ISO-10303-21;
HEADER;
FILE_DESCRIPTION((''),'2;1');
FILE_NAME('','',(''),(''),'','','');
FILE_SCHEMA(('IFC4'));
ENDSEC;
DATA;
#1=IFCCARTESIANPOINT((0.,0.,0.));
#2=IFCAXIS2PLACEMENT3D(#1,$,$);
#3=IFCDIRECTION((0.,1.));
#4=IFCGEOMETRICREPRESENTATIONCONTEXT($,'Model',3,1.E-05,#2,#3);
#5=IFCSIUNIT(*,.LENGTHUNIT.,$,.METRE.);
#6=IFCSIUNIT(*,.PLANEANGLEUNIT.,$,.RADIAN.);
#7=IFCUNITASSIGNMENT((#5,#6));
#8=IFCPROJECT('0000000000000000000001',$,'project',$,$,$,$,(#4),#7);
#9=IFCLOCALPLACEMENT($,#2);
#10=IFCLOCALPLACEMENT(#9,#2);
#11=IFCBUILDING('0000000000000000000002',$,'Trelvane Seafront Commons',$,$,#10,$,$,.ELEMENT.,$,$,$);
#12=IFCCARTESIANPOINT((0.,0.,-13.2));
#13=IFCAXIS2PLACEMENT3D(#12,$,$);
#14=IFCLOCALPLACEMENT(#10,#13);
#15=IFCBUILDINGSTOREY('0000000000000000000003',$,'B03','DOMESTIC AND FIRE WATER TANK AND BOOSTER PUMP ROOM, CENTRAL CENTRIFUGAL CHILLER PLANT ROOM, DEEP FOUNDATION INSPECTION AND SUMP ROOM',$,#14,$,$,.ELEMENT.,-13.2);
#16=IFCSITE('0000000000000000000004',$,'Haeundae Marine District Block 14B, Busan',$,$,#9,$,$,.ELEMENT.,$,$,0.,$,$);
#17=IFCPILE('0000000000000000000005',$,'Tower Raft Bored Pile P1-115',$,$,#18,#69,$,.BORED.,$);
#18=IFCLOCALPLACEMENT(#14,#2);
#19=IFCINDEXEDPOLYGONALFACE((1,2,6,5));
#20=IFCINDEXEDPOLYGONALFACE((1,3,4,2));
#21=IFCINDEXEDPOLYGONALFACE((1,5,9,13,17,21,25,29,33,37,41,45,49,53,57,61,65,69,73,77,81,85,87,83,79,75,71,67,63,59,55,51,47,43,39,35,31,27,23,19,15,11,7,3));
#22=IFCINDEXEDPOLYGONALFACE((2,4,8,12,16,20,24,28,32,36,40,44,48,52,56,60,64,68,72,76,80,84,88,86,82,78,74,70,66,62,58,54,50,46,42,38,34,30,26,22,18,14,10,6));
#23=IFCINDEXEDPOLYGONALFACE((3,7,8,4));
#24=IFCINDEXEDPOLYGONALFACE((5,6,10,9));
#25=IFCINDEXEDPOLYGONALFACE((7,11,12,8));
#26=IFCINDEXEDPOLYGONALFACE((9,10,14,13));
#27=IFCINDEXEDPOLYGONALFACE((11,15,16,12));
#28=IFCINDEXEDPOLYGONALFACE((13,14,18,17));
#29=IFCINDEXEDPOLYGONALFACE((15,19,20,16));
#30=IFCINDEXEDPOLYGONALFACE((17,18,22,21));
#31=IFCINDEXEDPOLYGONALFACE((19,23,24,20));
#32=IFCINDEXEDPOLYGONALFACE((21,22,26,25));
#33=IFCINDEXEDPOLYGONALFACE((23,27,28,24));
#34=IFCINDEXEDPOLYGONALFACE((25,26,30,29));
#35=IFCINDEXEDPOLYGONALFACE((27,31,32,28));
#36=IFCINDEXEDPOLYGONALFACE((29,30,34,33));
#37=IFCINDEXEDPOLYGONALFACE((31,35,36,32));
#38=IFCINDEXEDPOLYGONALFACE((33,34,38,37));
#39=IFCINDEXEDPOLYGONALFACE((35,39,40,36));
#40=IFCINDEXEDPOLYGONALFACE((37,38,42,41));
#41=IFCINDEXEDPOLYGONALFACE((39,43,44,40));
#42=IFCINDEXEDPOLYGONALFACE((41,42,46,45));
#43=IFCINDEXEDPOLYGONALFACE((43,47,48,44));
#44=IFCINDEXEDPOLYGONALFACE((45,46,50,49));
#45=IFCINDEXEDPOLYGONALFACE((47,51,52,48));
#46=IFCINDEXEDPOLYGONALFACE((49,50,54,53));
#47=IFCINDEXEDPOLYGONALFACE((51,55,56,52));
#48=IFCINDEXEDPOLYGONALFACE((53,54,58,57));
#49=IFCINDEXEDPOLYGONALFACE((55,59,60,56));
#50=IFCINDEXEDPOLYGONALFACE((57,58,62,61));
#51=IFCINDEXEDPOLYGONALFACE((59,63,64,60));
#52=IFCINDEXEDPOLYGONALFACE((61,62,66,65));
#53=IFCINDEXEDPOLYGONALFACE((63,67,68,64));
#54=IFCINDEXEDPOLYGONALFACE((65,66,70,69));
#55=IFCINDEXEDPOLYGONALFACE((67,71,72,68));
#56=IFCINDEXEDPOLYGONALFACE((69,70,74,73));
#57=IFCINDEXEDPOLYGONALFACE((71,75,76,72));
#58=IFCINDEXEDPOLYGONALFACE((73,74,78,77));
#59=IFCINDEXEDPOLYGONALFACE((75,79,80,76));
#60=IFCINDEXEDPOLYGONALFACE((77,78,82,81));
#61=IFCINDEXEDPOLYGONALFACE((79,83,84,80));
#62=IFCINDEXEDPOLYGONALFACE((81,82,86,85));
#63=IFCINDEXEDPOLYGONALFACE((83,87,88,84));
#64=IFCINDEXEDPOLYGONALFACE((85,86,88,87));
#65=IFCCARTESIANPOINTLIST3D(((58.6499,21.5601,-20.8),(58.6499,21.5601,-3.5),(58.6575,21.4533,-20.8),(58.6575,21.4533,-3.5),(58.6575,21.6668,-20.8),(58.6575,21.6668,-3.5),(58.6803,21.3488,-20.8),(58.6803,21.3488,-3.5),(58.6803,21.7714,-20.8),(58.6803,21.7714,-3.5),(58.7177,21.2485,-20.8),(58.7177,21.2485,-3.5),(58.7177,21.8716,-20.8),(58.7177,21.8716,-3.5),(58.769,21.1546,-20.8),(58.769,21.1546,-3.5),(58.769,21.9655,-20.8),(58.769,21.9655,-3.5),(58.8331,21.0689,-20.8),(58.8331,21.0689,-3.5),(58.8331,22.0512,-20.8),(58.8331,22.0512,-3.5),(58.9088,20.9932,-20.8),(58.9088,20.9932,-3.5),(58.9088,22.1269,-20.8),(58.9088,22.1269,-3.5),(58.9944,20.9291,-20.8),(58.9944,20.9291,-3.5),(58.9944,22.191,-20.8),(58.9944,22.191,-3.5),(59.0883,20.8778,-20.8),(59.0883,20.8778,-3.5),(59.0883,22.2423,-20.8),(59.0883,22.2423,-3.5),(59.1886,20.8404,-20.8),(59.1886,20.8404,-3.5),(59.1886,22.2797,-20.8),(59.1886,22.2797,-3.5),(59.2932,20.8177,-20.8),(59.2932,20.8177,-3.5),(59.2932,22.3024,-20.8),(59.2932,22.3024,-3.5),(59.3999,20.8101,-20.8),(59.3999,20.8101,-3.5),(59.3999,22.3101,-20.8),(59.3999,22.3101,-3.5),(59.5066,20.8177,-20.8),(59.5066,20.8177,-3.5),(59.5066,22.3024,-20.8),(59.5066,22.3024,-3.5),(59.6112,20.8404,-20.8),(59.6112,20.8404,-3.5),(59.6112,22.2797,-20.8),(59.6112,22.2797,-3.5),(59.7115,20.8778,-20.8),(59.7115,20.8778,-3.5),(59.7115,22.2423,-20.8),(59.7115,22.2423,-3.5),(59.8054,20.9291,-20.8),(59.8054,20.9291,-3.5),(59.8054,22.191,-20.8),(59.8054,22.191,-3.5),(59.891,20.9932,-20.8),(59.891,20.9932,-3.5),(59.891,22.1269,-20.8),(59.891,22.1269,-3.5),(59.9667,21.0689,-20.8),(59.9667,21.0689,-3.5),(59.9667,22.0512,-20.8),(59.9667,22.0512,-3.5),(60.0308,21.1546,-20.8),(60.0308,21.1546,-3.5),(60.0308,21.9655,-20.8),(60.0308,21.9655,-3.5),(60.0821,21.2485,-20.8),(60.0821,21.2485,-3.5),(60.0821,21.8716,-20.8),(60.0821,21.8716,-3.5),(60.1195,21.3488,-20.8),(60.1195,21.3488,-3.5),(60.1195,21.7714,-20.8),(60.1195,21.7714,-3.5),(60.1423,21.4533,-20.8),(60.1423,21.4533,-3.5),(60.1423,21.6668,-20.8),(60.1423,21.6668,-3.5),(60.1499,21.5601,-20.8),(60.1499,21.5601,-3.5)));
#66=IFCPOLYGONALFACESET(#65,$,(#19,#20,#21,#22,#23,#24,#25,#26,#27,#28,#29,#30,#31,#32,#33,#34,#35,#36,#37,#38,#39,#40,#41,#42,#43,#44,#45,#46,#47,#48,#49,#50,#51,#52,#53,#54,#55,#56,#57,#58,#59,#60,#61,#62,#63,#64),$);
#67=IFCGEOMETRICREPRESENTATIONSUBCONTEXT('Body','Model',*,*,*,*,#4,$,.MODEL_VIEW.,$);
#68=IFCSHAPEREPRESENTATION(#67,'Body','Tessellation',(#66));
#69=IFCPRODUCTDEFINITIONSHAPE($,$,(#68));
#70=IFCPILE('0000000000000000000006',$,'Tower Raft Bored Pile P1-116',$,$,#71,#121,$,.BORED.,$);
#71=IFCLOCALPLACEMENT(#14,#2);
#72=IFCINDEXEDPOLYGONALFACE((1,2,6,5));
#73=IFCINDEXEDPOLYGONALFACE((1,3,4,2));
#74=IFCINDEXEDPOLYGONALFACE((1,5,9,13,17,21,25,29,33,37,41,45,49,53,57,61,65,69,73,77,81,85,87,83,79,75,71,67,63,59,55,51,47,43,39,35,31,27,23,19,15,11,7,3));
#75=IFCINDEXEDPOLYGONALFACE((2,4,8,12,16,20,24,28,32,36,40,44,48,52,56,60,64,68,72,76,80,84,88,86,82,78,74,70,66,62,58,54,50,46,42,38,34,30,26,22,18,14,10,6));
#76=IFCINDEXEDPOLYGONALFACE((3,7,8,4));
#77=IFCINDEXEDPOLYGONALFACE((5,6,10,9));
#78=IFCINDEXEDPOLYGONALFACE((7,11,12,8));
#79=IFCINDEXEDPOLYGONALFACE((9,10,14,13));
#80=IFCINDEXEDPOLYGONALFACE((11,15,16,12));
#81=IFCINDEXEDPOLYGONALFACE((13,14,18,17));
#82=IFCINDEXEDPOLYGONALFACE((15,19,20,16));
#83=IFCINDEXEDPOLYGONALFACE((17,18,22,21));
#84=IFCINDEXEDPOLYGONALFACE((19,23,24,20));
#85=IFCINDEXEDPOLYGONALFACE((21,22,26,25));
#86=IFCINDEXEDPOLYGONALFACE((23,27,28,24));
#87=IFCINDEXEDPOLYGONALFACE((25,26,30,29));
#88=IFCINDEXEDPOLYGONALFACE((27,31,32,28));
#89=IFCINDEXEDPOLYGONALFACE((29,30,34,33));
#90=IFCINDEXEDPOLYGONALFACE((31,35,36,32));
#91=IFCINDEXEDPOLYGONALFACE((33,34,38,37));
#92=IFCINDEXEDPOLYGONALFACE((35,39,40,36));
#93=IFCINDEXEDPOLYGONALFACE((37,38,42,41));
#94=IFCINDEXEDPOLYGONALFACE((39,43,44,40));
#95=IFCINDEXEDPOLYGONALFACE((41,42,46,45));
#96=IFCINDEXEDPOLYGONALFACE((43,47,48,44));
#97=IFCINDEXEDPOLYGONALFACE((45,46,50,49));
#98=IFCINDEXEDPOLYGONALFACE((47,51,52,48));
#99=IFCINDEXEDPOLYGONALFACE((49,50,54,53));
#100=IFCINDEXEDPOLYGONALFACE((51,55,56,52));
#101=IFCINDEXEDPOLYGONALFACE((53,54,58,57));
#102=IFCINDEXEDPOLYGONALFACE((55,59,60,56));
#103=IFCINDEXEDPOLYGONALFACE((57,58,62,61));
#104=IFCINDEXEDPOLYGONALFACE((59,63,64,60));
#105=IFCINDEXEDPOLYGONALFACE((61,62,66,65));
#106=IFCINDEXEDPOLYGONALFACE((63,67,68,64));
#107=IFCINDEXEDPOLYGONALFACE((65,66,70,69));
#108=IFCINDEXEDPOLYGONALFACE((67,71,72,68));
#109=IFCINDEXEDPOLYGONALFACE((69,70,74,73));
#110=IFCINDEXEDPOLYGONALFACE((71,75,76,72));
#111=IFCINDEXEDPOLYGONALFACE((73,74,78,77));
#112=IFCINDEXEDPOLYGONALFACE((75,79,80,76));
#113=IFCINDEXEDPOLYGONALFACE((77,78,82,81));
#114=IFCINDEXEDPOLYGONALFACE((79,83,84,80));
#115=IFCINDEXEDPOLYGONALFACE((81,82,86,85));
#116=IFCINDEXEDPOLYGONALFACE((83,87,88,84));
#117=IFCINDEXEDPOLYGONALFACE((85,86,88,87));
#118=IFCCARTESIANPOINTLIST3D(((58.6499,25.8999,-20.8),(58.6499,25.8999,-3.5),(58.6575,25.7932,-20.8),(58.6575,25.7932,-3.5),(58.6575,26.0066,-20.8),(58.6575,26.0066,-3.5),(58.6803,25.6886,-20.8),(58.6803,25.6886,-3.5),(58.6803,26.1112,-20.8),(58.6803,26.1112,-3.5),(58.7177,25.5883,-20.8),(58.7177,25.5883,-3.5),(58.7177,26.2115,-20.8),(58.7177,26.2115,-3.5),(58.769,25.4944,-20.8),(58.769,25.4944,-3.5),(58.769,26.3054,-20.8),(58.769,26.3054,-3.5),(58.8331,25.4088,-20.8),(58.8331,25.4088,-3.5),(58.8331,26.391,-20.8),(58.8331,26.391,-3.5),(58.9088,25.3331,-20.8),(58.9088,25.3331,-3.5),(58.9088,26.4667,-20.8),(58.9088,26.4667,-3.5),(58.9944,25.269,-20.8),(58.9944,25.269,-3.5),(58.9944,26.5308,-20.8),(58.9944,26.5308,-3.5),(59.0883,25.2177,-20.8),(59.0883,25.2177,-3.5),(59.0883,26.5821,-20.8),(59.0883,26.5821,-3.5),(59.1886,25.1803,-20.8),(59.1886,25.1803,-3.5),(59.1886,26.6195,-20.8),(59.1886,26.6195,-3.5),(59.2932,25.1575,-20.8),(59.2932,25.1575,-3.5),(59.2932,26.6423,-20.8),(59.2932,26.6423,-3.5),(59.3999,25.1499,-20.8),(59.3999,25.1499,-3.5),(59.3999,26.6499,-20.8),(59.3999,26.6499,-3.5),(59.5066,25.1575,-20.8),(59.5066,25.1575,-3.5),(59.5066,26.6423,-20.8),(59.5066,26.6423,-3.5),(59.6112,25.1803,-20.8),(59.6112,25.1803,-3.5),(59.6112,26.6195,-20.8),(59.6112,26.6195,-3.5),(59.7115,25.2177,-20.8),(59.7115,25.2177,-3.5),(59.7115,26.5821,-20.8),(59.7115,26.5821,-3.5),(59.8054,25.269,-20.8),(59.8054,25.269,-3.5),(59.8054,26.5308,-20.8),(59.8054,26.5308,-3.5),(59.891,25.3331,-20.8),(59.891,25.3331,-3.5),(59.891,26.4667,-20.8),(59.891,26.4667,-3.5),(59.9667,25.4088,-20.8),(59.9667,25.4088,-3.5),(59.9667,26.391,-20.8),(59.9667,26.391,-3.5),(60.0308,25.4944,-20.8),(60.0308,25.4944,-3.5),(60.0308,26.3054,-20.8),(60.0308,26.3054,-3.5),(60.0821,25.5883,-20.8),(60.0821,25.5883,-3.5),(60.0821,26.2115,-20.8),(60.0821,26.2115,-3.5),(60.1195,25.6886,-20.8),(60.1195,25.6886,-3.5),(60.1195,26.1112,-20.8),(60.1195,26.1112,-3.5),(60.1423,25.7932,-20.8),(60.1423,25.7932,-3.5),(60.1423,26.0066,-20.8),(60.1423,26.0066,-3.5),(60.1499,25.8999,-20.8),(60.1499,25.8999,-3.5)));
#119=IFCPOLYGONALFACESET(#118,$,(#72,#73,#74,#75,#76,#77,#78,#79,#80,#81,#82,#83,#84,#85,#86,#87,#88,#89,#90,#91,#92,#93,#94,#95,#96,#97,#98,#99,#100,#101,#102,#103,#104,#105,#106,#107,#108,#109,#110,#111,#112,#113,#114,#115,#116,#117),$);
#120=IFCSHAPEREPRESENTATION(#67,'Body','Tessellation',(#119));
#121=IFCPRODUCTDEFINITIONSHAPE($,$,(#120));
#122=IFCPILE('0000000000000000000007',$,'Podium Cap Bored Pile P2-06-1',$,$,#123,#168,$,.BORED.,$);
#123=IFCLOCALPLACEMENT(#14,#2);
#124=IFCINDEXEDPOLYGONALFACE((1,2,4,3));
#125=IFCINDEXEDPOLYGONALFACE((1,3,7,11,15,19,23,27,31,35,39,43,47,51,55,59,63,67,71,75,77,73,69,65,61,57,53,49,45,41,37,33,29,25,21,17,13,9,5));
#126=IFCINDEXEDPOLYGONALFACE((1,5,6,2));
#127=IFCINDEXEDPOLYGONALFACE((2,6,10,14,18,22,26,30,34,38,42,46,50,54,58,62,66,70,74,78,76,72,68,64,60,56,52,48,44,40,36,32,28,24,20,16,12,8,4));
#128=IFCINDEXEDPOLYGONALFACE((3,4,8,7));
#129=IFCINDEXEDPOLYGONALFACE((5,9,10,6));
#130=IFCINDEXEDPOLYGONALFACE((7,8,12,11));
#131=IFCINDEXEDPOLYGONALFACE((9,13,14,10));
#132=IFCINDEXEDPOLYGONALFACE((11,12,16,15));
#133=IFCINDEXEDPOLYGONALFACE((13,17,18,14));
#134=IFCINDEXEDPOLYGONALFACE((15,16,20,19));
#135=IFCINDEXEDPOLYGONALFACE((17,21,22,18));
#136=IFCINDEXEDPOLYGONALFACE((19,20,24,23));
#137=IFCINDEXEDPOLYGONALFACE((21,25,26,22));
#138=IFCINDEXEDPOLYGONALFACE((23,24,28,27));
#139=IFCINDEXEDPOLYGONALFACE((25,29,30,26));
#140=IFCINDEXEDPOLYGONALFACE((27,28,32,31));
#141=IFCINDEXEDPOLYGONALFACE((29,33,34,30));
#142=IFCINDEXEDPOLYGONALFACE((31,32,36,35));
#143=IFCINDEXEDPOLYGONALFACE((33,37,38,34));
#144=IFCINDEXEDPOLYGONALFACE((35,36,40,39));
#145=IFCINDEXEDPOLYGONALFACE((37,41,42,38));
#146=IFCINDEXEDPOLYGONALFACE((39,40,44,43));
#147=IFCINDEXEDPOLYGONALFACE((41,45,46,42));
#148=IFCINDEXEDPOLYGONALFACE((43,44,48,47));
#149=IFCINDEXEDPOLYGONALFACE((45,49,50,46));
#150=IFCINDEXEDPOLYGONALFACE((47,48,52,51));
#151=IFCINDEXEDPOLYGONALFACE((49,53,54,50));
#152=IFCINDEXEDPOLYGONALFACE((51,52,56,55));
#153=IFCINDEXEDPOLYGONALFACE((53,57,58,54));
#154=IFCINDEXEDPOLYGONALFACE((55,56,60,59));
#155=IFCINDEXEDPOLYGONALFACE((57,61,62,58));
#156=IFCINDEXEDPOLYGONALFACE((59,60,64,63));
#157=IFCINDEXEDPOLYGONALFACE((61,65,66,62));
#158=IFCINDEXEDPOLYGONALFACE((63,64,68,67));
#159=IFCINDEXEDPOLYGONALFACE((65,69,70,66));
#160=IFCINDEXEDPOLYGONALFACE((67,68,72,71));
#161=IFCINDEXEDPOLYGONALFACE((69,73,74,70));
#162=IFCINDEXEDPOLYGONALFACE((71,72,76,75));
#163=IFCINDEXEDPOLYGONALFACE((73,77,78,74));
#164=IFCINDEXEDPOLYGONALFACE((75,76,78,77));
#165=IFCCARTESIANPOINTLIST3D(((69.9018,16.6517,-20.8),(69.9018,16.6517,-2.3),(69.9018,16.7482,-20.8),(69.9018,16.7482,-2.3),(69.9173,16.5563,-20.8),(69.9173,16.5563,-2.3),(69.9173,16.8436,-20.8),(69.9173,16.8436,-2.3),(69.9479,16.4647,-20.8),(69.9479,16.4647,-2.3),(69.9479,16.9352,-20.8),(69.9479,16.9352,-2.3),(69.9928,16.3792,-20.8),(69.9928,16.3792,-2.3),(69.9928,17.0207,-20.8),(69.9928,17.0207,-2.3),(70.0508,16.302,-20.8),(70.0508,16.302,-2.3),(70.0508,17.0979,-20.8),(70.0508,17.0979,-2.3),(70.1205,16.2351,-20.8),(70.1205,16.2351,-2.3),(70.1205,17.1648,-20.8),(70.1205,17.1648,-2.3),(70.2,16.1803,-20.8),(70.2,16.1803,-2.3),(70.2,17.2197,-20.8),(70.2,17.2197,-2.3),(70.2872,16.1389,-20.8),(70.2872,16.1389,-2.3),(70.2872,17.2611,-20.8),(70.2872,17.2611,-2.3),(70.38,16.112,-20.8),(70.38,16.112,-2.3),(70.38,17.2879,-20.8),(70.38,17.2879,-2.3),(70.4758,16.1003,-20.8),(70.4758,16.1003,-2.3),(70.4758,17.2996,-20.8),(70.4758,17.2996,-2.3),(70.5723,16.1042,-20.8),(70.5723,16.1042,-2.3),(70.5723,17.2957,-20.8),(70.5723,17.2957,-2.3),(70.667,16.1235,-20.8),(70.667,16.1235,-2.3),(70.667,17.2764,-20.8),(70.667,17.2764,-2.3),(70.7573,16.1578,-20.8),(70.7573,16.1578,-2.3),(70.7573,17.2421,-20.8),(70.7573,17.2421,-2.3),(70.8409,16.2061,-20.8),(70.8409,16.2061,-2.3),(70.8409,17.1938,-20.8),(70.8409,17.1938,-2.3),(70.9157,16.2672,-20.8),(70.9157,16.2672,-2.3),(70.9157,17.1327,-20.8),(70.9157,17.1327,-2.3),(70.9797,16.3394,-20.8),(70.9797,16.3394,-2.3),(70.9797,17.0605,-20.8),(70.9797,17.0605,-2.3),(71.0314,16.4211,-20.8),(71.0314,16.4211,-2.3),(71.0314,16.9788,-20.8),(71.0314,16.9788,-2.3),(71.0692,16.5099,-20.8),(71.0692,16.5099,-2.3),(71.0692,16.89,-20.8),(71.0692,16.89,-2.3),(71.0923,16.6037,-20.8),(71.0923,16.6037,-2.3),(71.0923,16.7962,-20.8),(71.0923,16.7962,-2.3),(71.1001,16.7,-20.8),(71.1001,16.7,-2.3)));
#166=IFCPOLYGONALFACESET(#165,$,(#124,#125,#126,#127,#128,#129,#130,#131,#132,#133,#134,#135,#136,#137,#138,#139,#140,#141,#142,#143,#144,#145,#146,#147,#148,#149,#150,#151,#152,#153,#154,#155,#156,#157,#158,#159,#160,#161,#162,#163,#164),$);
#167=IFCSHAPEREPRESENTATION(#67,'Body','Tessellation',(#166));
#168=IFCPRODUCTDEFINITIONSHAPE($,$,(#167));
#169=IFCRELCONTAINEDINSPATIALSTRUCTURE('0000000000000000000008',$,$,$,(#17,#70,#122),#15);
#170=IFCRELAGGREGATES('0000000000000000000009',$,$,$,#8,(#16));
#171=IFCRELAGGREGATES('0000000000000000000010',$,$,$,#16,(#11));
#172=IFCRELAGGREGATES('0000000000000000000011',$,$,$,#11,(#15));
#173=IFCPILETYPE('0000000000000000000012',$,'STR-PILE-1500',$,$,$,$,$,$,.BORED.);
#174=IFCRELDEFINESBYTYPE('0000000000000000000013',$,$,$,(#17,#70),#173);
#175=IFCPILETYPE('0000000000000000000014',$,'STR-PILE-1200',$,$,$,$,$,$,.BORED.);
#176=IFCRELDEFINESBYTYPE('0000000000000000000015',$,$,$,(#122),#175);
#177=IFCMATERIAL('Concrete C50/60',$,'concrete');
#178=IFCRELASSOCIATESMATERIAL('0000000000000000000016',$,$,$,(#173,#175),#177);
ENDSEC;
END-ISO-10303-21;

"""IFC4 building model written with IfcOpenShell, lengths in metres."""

from ifc_helpers import new_model, si_unit, direction, frame, origin, origin_2d, place, context, subcontext, project, spatial, circle, extrude, source, transform, mapped, material, material_profile, profile_set, type_object, element, save


model = new_model("IFC4")

# Units and contexts
model_context = context("Model", 3, precision=1e-05, world=origin(), true_north=direction((0.0, 1.0)))
body_context = subcontext(model_context, "Body", "Model", "MODEL_VIEW")
ifc_project = project(units=[si_unit("LENGTHUNIT", "METRE"), si_unit("PLANEANGLEUNIT", "RADIAN")], contexts=[model_context])

# Site, building, storey
site_placement = place(None, origin())
site = spatial("IfcSite", under=ifc_project, at=site_placement, Name="Haeundae Marine District Block 14B, Busan", CompositionType="ELEMENT", RefElevation=0.0)
building_placement = place(site_placement, origin())
building = spatial("IfcBuilding", under=site, at=building_placement, Name="Trelvane Seafront Commons", CompositionType="ELEMENT")
storey_placement = place(building_placement, frame((0.0, 0.0, -13.2)))
storey = spatial("IfcBuildingStorey", under=building, at=storey_placement, Name="B03", Description="DOMESTIC AND FIRE WATER TANK AND BOOSTER PUMP ROOM, CENTRAL CENTRIFUGAL CHILLER PLANT ROOM, DEEP FOUNDATION INSPECTION AND SUMP ROOM", CompositionType="ELEMENT", Elevation=-13.2)

# Piles
ifc_material_1 = material(Name="Concrete C50/60", Category="concrete")
ifc_material_profile_1 = material_profile(ifc_material_1, circle(Radius=0.75, at=origin_2d()), Name="PILE-1500")
ifc_profile_set_1 = profile_set([ifc_material_profile_1], Name="Concrete C50/60")
pile_type_1 = type_object("IfcPileType", Name="STR-PILE-1500", PredefinedType="BORED", material=ifc_profile_set_1)
shared_shape_1 = source(origin(), body_context, "Body", "SweptSolid", [
    extrude(circle(Radius=0.75, at=origin_2d()), origin(), (0.0, 0.0, 1.0), 17.3),
])
for number, where, z_axis, x_axis, name in (
    (1, (59.3999, 21.5601, -3.5), (0.0, 0.0, -1.0), (1.0, 0.0, 0.0), "Tower Raft Bored Pile P1-115"),
    (2, (59.3999, 25.8999, -3.5), (0.0, 0.0, -1.0), (1.0, 0.0, 0.0), "Tower Raft Bored Pile P1-116"),
):
    element("IfcPile", number, at=place(storey_placement, frame(where, z_axis=z_axis, x_axis=x_axis)), inside=storey, type_object=pile_type_1, Name=name, PredefinedType="BORED", context=body_context, shape_type="MappedRepresentation", body=[
        mapped(shared_shape_1, transform((0.0, 0.0, 0.0), x_axis=(1.0, 0.0, 0.0), y_axis=(0.0, 1.0, 0.0), z_axis=(0.0, 0.0, 1.0), scale=1.0)),
    ])
ifc_material_profile_2 = material_profile(ifc_material_1, circle(Radius=0.6001, at=origin_2d()), Name="PILE-1200")
ifc_profile_set_2 = profile_set([ifc_material_profile_2], Name="Concrete C50/60")
pile_type_2 = type_object("IfcPileType", Name="STR-PILE-1200", PredefinedType="BORED", material=ifc_profile_set_2)
shared_shape_2 = source(origin(), body_context, "Body", "SweptSolid", [
    extrude(circle(Radius=0.6001, at=origin_2d()), origin(), (0.0, 0.0, 1.0), 18.5),
])
for number, where, z_axis, x_axis, name in (
    (3, (70.5, 16.7, -2.3), (0.0, 0.0, -1.0), (1.0, 0.0, 0.0), "Podium Cap Bored Pile P2-06-1"),
):
    element("IfcPile", number, at=place(storey_placement, frame(where, z_axis=z_axis, x_axis=x_axis)), inside=storey, type_object=pile_type_2, Name=name, PredefinedType="BORED", context=body_context, shape_type="MappedRepresentation", body=[
        mapped(shared_shape_2, transform((0.0, 0.0, 0.0), x_axis=(1.0, 0.0, 0.0), y_axis=(0.0, 1.0, 0.0), z_axis=(0.0, 0.0, 1.0), scale=1.0)),
    ])

save(model, "model.ifc")
